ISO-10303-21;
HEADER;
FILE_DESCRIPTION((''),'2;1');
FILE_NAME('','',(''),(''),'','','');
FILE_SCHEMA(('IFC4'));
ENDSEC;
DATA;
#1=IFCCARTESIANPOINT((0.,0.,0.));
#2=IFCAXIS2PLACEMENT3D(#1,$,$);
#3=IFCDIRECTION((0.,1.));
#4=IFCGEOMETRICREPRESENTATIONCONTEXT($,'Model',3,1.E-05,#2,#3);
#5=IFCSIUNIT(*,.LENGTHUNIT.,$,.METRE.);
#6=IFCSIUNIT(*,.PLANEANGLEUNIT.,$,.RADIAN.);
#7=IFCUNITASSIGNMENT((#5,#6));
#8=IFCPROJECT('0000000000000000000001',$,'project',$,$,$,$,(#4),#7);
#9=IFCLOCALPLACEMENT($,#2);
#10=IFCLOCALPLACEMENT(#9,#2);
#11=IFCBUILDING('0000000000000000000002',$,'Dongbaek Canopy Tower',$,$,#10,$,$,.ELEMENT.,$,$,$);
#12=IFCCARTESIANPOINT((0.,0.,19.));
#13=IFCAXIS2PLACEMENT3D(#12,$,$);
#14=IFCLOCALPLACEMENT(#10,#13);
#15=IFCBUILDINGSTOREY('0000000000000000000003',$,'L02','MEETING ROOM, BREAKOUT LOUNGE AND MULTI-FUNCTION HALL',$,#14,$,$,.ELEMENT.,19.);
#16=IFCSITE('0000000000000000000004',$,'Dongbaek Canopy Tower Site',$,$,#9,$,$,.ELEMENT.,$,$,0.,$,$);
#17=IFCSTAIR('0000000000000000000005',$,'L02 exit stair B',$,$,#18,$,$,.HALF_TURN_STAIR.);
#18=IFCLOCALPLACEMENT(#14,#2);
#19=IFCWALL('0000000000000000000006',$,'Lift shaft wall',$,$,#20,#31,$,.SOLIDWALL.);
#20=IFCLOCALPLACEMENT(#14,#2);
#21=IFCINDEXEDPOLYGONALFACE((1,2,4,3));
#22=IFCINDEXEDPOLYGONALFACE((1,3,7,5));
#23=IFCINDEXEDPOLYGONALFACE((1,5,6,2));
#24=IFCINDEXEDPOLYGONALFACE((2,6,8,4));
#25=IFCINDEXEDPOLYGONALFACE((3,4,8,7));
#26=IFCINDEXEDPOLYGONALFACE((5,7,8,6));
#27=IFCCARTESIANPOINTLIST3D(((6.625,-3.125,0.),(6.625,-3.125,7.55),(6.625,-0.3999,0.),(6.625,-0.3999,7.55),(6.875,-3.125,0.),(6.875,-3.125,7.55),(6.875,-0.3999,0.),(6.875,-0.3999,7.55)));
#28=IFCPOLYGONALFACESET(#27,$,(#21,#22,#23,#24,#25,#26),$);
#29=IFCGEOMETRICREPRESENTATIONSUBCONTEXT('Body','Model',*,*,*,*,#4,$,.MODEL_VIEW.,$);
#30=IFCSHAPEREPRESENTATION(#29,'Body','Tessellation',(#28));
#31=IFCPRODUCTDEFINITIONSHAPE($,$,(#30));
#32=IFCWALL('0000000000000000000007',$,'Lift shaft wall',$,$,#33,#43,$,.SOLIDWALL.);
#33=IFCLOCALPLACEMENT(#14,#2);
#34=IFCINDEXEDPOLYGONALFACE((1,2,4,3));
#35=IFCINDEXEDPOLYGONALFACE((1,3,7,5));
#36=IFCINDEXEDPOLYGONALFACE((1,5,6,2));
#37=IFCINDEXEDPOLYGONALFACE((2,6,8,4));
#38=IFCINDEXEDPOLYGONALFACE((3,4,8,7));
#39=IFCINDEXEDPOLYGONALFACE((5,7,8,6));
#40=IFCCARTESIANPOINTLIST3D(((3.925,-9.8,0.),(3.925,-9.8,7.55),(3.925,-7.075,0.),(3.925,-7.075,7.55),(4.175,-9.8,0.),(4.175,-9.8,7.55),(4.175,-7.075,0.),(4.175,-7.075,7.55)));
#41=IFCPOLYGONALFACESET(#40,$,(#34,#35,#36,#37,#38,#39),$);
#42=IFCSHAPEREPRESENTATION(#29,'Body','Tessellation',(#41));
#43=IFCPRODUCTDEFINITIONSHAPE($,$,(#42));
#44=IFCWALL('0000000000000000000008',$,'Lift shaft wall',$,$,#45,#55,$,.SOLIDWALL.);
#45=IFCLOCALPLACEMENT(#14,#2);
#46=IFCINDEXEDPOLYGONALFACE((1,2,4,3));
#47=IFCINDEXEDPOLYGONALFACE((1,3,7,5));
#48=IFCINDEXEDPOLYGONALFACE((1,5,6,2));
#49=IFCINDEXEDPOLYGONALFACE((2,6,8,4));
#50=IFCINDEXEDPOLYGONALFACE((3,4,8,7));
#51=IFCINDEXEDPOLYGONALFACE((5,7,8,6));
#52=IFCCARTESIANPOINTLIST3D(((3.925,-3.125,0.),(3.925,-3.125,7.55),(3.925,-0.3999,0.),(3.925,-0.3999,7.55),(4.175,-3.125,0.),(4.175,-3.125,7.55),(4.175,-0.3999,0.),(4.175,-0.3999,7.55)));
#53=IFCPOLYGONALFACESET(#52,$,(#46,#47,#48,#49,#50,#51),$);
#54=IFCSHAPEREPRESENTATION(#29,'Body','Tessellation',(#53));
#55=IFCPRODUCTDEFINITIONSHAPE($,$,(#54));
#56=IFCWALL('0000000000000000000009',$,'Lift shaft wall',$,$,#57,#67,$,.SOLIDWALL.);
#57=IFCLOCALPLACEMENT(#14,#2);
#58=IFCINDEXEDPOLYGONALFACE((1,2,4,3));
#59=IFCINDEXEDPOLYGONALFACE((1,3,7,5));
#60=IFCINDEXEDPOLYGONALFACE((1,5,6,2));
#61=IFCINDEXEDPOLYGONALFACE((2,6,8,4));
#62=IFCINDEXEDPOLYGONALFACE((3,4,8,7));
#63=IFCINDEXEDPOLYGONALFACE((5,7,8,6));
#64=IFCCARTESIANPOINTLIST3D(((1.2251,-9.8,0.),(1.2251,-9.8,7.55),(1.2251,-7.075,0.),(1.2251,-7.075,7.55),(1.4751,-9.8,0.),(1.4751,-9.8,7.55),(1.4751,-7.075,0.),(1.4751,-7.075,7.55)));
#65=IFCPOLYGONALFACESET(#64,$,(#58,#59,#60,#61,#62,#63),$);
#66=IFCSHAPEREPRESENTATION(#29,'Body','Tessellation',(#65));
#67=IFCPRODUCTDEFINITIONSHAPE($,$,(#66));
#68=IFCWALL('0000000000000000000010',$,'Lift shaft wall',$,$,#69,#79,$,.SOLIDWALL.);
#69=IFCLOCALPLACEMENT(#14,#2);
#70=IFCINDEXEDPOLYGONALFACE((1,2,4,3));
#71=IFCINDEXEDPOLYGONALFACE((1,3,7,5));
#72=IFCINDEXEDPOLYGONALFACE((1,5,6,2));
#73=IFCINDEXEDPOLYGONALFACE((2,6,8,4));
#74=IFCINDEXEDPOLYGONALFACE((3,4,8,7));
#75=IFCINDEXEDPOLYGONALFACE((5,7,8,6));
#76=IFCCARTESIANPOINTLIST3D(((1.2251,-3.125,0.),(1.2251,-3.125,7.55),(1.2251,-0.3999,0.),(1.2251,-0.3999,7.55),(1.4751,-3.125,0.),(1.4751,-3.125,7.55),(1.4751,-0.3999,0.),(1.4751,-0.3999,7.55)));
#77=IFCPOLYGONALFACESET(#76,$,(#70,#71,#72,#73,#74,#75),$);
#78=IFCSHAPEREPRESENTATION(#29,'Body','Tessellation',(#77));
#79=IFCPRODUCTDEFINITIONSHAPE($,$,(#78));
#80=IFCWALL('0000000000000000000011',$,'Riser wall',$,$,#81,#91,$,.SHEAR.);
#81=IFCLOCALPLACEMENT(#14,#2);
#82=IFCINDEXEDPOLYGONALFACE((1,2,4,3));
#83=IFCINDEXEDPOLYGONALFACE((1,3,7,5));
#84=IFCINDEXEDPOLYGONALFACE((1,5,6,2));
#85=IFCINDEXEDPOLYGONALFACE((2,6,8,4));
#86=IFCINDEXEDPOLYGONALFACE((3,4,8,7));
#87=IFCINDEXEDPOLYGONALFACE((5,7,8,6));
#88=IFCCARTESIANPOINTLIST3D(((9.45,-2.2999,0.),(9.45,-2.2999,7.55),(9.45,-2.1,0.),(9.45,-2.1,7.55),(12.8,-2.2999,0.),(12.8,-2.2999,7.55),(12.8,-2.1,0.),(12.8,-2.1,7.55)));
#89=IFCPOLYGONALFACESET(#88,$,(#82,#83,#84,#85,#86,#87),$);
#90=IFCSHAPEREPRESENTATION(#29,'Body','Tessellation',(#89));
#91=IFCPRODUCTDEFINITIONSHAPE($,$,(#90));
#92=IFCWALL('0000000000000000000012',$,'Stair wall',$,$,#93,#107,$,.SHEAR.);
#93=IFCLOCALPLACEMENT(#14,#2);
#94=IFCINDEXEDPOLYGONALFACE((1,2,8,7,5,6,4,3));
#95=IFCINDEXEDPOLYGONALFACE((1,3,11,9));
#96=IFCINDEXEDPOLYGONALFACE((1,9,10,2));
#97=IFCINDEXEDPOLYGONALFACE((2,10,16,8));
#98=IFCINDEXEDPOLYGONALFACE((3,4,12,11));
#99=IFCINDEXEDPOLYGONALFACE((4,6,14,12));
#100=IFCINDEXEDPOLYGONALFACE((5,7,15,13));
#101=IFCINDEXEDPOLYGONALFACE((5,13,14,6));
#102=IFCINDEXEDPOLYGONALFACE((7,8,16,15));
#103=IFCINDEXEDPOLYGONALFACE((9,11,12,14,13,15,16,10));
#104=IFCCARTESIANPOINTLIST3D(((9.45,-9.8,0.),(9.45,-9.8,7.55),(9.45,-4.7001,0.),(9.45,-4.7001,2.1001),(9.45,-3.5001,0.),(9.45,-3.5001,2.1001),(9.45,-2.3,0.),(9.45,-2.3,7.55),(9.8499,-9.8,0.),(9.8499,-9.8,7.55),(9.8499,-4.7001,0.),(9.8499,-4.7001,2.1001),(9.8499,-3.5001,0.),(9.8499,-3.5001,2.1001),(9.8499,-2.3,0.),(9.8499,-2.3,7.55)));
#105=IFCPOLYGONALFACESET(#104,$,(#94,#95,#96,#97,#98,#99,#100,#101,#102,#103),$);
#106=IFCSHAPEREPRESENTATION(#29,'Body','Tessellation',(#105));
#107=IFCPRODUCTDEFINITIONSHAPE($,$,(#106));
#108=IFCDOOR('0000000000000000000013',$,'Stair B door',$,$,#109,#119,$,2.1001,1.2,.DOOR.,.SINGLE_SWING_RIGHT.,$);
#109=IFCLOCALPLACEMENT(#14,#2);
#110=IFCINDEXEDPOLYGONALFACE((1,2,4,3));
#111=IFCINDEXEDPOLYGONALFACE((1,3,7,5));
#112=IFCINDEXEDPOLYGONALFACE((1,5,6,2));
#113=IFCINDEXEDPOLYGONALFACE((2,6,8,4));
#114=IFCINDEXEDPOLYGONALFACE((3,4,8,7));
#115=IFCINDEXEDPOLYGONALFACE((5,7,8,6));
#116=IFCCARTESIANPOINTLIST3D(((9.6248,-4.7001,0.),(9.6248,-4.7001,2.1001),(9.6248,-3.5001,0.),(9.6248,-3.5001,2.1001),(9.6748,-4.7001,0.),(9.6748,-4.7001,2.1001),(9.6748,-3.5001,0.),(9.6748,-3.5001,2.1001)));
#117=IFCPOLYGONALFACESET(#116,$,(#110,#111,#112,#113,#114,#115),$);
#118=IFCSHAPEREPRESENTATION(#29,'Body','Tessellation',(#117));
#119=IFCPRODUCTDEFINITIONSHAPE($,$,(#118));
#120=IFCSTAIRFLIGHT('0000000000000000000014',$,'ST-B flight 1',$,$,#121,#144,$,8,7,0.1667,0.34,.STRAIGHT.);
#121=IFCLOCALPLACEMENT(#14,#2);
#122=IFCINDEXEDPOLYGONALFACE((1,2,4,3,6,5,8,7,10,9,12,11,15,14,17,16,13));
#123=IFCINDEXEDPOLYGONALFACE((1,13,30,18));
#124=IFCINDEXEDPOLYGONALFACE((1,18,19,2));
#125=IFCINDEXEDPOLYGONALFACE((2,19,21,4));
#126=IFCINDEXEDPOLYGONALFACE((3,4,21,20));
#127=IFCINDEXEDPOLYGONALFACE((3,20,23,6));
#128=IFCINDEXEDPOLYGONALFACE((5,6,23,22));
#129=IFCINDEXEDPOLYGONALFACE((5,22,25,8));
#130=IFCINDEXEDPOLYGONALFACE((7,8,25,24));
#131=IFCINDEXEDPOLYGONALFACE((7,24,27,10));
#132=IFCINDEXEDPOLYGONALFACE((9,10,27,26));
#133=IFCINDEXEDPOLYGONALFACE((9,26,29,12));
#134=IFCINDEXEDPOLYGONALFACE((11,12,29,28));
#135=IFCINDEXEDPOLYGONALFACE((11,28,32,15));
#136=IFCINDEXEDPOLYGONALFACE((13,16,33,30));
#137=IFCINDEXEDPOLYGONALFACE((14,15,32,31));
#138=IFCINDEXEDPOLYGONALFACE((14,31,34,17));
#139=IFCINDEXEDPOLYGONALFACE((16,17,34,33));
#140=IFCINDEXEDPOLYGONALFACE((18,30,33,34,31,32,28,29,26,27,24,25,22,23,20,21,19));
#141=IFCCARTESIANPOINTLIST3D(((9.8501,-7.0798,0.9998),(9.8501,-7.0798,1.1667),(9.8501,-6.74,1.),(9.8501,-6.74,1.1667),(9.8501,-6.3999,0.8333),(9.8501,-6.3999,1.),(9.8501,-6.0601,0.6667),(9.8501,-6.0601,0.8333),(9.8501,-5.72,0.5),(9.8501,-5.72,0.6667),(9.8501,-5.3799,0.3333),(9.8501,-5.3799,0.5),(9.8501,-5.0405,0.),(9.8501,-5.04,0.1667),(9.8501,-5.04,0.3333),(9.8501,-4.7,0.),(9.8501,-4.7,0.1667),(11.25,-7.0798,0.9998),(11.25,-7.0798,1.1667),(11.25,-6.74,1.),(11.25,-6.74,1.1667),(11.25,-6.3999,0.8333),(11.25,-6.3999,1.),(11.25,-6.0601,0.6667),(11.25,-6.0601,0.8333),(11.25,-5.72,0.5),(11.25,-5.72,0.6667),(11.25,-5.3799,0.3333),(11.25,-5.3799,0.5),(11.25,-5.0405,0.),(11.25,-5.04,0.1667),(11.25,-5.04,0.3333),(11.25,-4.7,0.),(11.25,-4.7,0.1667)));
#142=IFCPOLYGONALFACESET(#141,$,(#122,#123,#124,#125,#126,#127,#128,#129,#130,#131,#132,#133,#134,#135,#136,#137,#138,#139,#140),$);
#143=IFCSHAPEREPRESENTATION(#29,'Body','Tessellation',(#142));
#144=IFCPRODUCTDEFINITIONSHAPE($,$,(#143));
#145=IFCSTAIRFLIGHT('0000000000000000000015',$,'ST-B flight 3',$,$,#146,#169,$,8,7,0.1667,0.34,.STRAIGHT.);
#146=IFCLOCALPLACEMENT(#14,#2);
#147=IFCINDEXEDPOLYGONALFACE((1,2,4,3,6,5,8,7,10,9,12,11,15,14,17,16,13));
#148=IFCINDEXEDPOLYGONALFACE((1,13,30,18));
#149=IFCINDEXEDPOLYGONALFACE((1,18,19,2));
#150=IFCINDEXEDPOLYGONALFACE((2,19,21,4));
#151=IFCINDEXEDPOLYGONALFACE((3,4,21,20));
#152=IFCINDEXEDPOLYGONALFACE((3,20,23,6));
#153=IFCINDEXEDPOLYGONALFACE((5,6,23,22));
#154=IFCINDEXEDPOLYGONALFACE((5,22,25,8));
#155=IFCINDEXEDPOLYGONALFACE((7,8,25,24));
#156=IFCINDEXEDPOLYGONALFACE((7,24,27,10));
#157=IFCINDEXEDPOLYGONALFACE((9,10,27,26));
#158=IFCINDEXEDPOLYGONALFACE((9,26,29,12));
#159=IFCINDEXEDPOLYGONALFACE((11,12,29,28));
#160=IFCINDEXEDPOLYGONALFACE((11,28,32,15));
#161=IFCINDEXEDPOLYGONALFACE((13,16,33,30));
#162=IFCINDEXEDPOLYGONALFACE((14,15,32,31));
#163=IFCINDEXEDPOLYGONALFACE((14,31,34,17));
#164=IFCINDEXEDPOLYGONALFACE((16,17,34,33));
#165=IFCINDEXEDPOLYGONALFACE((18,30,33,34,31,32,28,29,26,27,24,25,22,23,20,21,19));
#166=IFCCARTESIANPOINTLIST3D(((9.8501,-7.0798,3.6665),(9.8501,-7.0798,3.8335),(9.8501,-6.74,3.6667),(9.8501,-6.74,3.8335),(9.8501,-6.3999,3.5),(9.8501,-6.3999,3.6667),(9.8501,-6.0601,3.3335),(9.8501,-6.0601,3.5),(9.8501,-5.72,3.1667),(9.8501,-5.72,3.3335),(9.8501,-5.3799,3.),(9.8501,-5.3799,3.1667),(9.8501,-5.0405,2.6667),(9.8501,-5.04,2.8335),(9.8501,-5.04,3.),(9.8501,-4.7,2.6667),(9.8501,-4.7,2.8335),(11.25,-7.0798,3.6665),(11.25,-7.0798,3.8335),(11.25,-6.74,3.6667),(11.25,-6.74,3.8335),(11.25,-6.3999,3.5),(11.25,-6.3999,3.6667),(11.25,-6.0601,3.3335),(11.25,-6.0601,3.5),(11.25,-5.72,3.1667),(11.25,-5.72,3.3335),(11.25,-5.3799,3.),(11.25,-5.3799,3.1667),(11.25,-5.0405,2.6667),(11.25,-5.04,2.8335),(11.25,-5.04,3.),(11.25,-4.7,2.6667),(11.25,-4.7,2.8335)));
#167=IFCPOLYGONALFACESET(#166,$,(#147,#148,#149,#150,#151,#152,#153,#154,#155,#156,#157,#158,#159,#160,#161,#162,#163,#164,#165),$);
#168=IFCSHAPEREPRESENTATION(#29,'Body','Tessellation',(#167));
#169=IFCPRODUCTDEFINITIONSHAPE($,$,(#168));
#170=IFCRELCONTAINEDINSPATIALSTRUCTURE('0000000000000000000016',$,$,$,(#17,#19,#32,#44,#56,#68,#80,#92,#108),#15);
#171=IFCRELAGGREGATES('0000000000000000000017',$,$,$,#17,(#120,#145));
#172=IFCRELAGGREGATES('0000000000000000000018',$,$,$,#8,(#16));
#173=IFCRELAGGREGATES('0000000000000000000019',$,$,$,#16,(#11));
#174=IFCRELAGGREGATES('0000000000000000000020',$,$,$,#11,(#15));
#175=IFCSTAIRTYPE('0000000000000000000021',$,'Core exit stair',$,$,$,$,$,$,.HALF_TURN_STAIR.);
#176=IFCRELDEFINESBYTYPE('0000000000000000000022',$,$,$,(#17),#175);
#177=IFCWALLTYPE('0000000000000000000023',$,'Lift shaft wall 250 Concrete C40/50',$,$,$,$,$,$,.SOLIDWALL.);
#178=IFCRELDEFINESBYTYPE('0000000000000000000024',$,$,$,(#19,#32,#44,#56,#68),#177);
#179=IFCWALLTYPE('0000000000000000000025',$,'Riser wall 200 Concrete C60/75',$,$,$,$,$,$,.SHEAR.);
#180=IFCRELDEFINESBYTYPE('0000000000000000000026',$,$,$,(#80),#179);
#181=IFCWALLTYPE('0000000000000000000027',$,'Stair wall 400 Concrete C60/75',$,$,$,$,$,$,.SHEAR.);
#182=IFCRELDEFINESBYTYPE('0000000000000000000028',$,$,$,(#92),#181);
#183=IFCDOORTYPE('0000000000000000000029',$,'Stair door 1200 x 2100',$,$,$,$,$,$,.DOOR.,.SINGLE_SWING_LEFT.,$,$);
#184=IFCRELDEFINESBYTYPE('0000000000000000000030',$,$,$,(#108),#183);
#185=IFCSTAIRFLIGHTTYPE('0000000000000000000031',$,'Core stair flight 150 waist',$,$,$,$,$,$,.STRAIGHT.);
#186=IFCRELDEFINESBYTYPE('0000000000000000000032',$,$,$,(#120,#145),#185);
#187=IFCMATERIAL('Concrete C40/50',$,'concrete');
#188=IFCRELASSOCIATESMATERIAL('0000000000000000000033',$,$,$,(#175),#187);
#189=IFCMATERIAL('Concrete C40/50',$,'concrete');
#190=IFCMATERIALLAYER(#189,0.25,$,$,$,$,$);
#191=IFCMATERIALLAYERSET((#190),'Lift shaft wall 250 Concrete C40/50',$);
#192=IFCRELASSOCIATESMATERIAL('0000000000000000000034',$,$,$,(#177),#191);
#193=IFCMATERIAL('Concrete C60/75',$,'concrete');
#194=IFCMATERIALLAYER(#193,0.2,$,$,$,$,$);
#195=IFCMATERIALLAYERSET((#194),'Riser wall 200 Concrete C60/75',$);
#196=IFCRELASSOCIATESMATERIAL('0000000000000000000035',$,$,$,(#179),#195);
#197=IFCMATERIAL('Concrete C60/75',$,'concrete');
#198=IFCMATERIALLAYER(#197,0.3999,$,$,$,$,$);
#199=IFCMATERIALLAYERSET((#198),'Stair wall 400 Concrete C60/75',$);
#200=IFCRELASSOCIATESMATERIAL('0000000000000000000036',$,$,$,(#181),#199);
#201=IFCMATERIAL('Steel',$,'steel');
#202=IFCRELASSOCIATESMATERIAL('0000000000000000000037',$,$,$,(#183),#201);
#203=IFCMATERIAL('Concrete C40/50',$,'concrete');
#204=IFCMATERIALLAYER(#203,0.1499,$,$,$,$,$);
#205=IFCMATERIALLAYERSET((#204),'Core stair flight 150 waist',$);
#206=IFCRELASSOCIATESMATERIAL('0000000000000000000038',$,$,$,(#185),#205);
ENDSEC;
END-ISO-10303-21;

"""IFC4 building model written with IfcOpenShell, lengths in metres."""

from ifc_helpers import new_model, si_unit, direction, frame, frame_2d, origin, place, context, subcontext, project, spatial, polyline, rectangle, outline, extrude, material, layer, layer_set, type_object, element, fill, aggregate, save


model = new_model("IFC4")

# Units and contexts
model_context = context("Model", 3, precision=1e-05, world=origin(), true_north=direction((0.0, 1.0)))
body_context = subcontext(model_context, "Body", "Model", "MODEL_VIEW")
ifc_project = project(units=[si_unit("LENGTHUNIT", "METRE"), si_unit("PLANEANGLEUNIT", "RADIAN")], contexts=[model_context])

# Site, building, storey
site_placement = place(None, origin())
site = spatial("IfcSite", under=ifc_project, at=site_placement, Name="Dongbaek Canopy Tower Site", CompositionType="ELEMENT", RefElevation=0.0)
building_placement = place(site_placement, origin())
building = spatial("IfcBuilding", under=site, at=building_placement, Name="Dongbaek Canopy Tower", CompositionType="ELEMENT")
storey_placement = place(building_placement, frame((0.0, 0.0, 19.0)))
storey = spatial("IfcBuildingStorey", under=building, at=storey_placement, Name="L02", Description="MEETING ROOM, BREAKOUT LOUNGE AND MULTI-FUNCTION HALL", CompositionType="ELEMENT", Elevation=19.0)

# Stair
ifc_material_1 = material(Name="Concrete C40/50", Category="concrete")
stair_type = type_object("IfcStairType", Name="Core exit stair", PredefinedType="HALF_TURN_STAIR", material=ifc_material_1)
stair_1_placement = place(storey_placement, origin())
stair_1 = element("IfcStair", 1, at=stair_1_placement, inside=storey, type_object=stair_type, Name="L02 exit stair B", PredefinedType="HALF_TURN_STAIR")

# Walls
ifc_material_2 = material(Name="Concrete C40/50", Category="concrete")
ifc_layer_1 = layer(ifc_material_2, 0.25)
ifc_layer_set_1 = layer_set([ifc_layer_1], Name="Lift shaft wall 250 Concrete C40/50")
wall_type_1 = type_object("IfcWallType", Name="Lift shaft wall 250 Concrete C40/50", PredefinedType="SOLIDWALL", material=ifc_layer_set_1)
for number, where, z_axis, x_axis, name in (
    (2, (6.75, -3.125, 0.0), (0.0, 0.0, 1.0), (0.0, 1.0, 0.0), "Lift shaft wall"),
    (3, (4.05, -9.8, 0.0), (0.0, 0.0, 1.0), (0.0, 1.0, 0.0), "Lift shaft wall"),
    (4, (4.05, -3.125, 0.0), (0.0, 0.0, 1.0), (0.0, 1.0, 0.0), "Lift shaft wall"),
    (5, (1.3501, -9.8, 0.0), (0.0, 0.0, 1.0), (0.0, 1.0, 0.0), "Lift shaft wall"),
    (6, (1.3501, -3.125, 0.0), (0.0, 0.0, 1.0), (0.0, 1.0, 0.0), "Lift shaft wall"),
):
    element("IfcWall", number, at=place(storey_placement, frame(where, z_axis=z_axis, x_axis=x_axis)), inside=storey, type_object=wall_type_1, Name=name, PredefinedType="SOLIDWALL", context=body_context, shape_type="SweptSolid", body=[
        extrude(rectangle(XDim=2.7251, YDim=0.25, at=frame_2d((1.3625, 0.0))), origin(), (0.0, 0.0, 1.0), 7.55),
    ])
ifc_material_3 = material(Name="Concrete C60/75", Category="concrete")
ifc_layer_2 = layer(ifc_material_3, 0.2)
ifc_layer_set_2 = layer_set([ifc_layer_2], Name="Riser wall 200 Concrete C60/75")
wall_type_2 = type_object("IfcWallType", Name="Riser wall 200 Concrete C60/75", PredefinedType="SHEAR", material=ifc_layer_set_2)
wall_1_placement = place(storey_placement, frame((9.45, -2.2, 0.0), z_axis=(0.0, 0.0, 1.0), x_axis=(1.0, 0.0, 0.0)))
element("IfcWall", 7, at=wall_1_placement, inside=storey, type_object=wall_type_2, Name="Riser wall", PredefinedType="SHEAR", context=body_context, shape_type="SweptSolid", body=[
    extrude(rectangle(XDim=3.3501, YDim=0.2, at=frame_2d((1.675, 0.0))), origin(), (0.0, 0.0, 1.0), 7.55),
])

# Wall, opening, door
ifc_material_4 = material(Name="Concrete C60/75", Category="concrete")
ifc_layer_3 = layer(ifc_material_4, 0.3999)
ifc_layer_set_3 = layer_set([ifc_layer_3], Name="Stair wall 400 Concrete C60/75")
wall_type_3 = type_object("IfcWallType", Name="Stair wall 400 Concrete C60/75", PredefinedType="SHEAR", material=ifc_layer_set_3)
wall_2_placement = place(storey_placement, frame((9.6499, -2.3, 0.0), z_axis=(0.0, 0.0, 1.0), x_axis=(0.0, -1.0, 0.0)))
wall_2 = element("IfcWall", 8, at=wall_2_placement, inside=storey, type_object=wall_type_3, Name="Stair wall", PredefinedType="SHEAR", context=body_context, shape_type="SweptSolid", body=[
    extrude(rectangle(XDim=7.5, YDim=0.3999, at=frame_2d((3.75, 0.0))), origin(), (0.0, 0.0, 1.0), 7.55),
])
opening_1_placement = place(wall_2_placement, frame((1.2, 0.0, 0.0)))
opening_1 = element("IfcOpeningElement", 9, at=opening_1_placement, cuts=wall_2, PredefinedType="OPENING", context=body_context, shape_type="SweptSolid", body=[
    extrude(rectangle(XDim=1.2, YDim=2.1001, at=frame_2d((0.6001, 1.05))), frame((0.0, 0.21, 0.0), z_axis=(0.0, -1.0, 0.0), x_axis=(1.0, 0.0, 0.0)), (0.0, 0.0, 1.0), 0.4199),
])
ifc_material_5 = material(Name="Steel", Category="steel")
door_type_1 = type_object("IfcDoorType", Name="Stair door 1200 x 2100", OperationType="SINGLE_SWING_LEFT", PredefinedType="DOOR", material=ifc_material_5)
door_1_placement = place(opening_1_placement, origin())
door_1 = element("IfcDoor", 10, at=door_1_placement, inside=storey, type_object=door_type_1, Name="Stair B door", OperationType="SINGLE_SWING_RIGHT", OverallHeight=2.1001, OverallWidth=1.2, PredefinedType="DOOR", context=body_context, shape_type="SweptSolid", body=[
    extrude(rectangle(XDim=1.2, YDim=2.1001, at=frame_2d((0.6001, 1.05))), frame((0.0, 0.0249, 0.0), z_axis=(0.0, -1.0, 0.0), x_axis=(1.0, 0.0, 0.0)), (0.0, 0.0, 1.0), 0.05),
])
fill(opening_1, door_1)

# Stair flights
ifc_material_6 = material(Name="Concrete C40/50", Category="concrete")
ifc_layer_4 = layer(ifc_material_6, 0.1499)
ifc_layer_set_4 = layer_set([ifc_layer_4], Name="Core stair flight 150 waist")
stair_flight_type = type_object("IfcStairFlightType", Name="Core stair flight 150 waist", PredefinedType="STRAIGHT", material=ifc_layer_set_4)
stair_flight_1_placement = place(storey_placement, frame((10.55, -4.7, 0.0), z_axis=(0.0, 0.0, 1.0), x_axis=(0.0, -1.0, 0.0)))
stair_flight_1 = element("IfcStairFlight", 11, at=stair_flight_1_placement, type_object=stair_flight_type, Name="ST-B flight 1", NumberOfRisers=8, NumberOfTreads=7, PredefinedType="STRAIGHT", RiserHeight=0.1667, TreadLength=0.34, context=body_context, shape_type="SweptSolid", body=[
    extrude(outline(polyline([(0.0, 0.0), (0.0, 0.1667), (0.3401, 0.1667), (0.3401, 0.3333), (0.6799, 0.3333), (0.6799, 0.5), (1.02, 0.5), (1.02, 0.6667), (1.3601, 0.6667), (1.3601, 0.8333), (1.7, 0.8333), (1.7, 1.0), (2.04, 1.0), (2.04, 1.1667), (2.3799, 1.1667), (2.3799, 1.3333), (2.3799, 0.9998), (0.3406, 0.0), (0.0, 0.0)])), frame((0.0, 0.7, 0.0), z_axis=(0.0, -1.0, 0.0), x_axis=(1.0, 0.0, 0.0)), (0.0, 0.0, 1.0), 1.3999),
])
stair_flight_2_placement = place(storey_placement, frame((10.55, -4.7, 2.6667), z_axis=(0.0, 0.0, 1.0), x_axis=(0.0, -1.0, 0.0)))
stair_flight_2 = element("IfcStairFlight", 12, at=stair_flight_2_placement, type_object=stair_flight_type, Name="ST-B flight 3", NumberOfRisers=8, NumberOfTreads=7, PredefinedType="STRAIGHT", RiserHeight=0.1667, TreadLength=0.34, context=body_context, shape_type="SweptSolid", body=[
    extrude(outline(polyline([(0.0, 0.0), (0.0, 0.1667), (0.3401, 0.1667), (0.3401, 0.3333), (0.6799, 0.3333), (0.6799, 0.5), (1.02, 0.5), (1.02, 0.6667), (1.3601, 0.6667), (1.3601, 0.8333), (1.7, 0.8333), (1.7, 1.0), (2.04, 1.0), (2.04, 1.1667), (2.3799, 1.1667), (2.3799, 1.3333), (2.3799, 0.9998), (0.3406, 0.0), (0.0, 0.0)])), frame((0.0, 0.7, 0.0), z_axis=(0.0, -1.0, 0.0), x_axis=(1.0, 0.0, 0.0)), (0.0, 0.0, 1.0), 1.3999),
])
aggregate(stair_1, [stair_flight_1, stair_flight_2])

save(model, "model.ifc")
